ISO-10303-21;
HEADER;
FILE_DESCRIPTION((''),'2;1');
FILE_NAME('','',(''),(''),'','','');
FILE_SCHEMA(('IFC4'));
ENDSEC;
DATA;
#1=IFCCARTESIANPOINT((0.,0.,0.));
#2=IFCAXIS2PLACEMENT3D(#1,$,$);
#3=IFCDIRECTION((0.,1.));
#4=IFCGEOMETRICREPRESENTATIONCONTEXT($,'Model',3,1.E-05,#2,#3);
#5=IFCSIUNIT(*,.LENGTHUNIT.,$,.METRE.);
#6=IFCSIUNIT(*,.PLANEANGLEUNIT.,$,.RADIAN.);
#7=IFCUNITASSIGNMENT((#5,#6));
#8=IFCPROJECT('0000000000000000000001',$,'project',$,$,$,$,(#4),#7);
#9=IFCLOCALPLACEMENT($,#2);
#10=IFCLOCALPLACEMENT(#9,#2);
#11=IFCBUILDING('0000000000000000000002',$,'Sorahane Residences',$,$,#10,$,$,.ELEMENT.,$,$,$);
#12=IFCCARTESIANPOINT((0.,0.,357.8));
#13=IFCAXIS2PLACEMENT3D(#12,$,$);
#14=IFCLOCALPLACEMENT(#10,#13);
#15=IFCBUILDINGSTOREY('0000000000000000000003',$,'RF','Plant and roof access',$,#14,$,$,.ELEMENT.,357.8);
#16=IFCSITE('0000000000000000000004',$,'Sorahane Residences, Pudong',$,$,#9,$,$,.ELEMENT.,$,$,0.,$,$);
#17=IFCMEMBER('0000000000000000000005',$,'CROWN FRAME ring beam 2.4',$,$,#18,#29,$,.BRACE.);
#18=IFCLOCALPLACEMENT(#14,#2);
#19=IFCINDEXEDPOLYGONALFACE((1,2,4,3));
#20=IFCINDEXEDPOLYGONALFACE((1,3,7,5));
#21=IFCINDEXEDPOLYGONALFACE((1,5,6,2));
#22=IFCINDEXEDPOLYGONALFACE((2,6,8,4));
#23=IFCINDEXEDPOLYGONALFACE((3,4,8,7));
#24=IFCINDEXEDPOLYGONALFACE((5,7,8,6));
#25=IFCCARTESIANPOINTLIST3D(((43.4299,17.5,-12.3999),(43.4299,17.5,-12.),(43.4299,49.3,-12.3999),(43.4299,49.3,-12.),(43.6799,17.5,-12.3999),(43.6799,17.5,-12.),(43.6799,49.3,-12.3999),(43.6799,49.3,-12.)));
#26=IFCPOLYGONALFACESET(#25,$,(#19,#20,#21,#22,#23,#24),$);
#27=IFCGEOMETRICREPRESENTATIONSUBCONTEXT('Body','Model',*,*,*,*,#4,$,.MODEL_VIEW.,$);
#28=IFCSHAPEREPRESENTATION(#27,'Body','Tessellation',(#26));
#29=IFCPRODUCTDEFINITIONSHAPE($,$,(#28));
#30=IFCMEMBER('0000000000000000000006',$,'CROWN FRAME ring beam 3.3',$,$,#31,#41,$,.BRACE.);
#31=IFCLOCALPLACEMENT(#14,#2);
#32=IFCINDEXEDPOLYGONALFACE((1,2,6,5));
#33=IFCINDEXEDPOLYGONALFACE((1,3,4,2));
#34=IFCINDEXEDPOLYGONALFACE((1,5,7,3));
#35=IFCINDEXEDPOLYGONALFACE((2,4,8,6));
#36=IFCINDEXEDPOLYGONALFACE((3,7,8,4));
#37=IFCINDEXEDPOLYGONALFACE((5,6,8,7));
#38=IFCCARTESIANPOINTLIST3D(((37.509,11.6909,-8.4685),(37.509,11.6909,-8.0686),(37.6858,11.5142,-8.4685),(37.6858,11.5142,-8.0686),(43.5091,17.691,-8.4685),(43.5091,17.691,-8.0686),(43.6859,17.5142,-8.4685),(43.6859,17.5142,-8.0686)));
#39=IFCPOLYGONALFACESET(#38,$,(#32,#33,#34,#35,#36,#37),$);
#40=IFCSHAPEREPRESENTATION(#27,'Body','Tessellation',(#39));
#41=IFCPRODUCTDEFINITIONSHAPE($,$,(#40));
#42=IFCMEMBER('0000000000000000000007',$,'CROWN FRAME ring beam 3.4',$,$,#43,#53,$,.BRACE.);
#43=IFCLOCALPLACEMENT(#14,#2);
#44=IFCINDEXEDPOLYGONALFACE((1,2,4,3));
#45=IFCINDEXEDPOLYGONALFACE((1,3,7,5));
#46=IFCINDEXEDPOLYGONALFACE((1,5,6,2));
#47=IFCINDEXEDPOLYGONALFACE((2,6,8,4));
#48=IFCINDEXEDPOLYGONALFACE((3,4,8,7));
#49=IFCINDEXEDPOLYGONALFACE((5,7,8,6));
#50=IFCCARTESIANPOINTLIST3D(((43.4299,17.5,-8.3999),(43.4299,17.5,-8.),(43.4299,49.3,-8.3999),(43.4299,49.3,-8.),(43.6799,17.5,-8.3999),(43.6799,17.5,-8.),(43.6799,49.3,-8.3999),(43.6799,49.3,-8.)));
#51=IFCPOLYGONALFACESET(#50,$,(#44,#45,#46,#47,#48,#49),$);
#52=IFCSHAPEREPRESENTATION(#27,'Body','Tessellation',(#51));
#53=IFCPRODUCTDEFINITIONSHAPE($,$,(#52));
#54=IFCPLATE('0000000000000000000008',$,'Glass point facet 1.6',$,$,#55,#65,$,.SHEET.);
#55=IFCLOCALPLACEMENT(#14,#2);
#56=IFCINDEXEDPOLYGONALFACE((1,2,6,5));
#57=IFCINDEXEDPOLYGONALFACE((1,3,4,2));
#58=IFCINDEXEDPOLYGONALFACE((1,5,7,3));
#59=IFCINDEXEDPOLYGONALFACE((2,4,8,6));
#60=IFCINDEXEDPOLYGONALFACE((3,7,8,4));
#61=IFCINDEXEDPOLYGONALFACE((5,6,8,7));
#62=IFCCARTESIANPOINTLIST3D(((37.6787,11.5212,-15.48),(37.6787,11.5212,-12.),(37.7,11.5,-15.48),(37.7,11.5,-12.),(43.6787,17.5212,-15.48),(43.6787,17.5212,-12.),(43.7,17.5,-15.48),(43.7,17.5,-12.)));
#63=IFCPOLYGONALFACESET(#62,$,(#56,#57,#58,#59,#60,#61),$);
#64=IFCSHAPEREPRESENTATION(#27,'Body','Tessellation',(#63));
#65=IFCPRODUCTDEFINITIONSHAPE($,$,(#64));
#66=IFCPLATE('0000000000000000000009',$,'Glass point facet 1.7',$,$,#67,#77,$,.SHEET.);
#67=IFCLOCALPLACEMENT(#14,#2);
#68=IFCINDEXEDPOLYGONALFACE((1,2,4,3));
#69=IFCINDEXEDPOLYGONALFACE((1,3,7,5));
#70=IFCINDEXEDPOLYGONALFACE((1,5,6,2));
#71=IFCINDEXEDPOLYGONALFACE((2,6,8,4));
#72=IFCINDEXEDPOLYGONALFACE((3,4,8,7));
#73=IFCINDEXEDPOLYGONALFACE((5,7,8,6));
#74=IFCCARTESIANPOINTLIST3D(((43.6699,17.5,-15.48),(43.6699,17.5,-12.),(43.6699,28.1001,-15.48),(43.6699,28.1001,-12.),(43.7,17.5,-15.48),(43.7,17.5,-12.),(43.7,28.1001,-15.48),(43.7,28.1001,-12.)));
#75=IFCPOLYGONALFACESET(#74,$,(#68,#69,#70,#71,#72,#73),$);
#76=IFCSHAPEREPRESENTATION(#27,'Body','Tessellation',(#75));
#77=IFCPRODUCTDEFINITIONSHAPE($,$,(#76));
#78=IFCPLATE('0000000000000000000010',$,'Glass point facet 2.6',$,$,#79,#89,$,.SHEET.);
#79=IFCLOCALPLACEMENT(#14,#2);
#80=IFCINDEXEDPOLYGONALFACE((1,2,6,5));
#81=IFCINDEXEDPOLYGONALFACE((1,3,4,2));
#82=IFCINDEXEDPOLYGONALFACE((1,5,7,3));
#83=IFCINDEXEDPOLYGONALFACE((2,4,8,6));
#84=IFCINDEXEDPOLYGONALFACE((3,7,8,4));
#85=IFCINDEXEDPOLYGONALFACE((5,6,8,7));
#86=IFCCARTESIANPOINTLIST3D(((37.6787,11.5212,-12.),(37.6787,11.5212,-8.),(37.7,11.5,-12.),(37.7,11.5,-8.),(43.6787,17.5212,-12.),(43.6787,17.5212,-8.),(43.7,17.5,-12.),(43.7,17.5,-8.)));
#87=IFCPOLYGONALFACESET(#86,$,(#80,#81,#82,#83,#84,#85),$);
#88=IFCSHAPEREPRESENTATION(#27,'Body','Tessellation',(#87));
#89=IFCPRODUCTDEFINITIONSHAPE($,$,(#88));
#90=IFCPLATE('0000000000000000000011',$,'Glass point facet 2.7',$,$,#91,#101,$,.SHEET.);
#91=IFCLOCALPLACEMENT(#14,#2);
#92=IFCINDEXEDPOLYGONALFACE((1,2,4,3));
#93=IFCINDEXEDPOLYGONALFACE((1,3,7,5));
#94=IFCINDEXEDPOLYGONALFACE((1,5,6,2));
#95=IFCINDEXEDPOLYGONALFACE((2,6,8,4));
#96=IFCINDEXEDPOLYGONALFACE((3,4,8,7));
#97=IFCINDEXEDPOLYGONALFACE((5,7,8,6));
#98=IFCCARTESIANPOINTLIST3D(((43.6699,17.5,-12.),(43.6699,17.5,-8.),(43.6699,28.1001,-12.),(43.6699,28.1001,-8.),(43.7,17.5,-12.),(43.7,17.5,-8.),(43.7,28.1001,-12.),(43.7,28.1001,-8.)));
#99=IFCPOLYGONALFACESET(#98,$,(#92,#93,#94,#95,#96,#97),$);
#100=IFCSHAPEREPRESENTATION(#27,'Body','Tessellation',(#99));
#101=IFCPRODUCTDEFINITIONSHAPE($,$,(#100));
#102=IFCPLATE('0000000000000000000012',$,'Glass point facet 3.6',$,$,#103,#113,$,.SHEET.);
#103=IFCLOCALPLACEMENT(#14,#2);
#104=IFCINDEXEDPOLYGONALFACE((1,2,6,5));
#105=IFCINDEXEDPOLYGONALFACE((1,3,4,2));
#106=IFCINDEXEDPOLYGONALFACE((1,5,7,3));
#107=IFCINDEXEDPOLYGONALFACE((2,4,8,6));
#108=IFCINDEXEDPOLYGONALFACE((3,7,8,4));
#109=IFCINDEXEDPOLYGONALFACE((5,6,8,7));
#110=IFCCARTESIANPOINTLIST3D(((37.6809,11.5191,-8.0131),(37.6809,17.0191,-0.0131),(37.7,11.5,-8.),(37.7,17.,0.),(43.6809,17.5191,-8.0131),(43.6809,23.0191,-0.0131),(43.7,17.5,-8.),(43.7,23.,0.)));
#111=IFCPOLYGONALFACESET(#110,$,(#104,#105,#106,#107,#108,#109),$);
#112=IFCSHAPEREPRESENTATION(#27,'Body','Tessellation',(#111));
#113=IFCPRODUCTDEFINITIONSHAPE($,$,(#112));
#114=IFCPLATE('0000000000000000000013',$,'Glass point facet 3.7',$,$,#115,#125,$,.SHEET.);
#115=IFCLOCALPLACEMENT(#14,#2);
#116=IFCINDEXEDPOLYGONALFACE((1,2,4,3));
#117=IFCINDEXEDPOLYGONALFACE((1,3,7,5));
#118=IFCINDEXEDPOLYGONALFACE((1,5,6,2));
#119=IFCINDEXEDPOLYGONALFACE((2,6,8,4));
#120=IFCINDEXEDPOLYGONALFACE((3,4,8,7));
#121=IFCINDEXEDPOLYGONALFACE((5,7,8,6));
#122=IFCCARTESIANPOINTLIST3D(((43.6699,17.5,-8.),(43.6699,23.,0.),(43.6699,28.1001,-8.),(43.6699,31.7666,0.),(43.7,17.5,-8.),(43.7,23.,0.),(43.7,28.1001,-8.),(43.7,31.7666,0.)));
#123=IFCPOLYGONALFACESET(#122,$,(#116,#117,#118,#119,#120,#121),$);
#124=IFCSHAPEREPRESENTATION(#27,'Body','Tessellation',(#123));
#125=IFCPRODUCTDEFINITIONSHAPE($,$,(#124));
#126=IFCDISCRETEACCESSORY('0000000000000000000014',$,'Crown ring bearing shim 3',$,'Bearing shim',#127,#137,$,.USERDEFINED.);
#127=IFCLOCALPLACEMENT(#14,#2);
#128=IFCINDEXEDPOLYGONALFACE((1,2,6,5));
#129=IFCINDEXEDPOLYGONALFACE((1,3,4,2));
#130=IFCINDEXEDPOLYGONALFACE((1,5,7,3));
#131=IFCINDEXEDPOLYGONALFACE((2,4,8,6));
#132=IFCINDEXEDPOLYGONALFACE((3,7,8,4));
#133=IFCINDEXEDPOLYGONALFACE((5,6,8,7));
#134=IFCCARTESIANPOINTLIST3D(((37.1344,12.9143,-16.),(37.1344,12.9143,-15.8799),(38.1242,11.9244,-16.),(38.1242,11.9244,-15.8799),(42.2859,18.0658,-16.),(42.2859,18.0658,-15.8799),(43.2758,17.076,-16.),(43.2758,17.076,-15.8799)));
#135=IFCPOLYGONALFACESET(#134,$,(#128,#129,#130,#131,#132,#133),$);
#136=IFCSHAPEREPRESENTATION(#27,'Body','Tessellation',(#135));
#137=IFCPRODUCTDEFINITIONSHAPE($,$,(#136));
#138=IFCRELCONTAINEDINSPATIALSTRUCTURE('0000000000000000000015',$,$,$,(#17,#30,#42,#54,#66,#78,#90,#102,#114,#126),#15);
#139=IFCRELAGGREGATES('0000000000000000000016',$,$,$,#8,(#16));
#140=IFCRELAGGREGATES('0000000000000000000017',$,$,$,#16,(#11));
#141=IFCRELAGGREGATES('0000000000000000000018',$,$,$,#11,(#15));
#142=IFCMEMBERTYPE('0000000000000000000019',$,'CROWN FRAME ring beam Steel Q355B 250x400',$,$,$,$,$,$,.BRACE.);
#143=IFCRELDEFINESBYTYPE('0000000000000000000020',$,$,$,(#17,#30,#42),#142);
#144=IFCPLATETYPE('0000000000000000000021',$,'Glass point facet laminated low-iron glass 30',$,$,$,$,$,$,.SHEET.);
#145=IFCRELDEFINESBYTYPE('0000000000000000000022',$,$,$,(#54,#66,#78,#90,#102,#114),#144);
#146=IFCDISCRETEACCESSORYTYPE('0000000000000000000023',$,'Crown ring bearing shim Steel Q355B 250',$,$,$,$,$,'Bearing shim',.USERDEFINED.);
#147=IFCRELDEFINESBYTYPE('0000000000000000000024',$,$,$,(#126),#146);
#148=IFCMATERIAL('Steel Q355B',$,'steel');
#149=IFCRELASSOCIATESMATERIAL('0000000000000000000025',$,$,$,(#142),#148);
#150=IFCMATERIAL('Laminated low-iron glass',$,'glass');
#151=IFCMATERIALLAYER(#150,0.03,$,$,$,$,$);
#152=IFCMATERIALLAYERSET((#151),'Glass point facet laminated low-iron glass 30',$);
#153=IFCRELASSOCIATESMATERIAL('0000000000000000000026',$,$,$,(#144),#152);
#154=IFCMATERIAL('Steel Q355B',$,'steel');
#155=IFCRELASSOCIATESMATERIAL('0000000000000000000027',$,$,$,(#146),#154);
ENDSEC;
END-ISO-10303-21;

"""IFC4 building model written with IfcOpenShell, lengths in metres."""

from ifc_helpers import new_model, si_unit, direction, frame, origin, origin_2d, place, context, subcontext, project, spatial, polyline, rectangle, outline, extrude, material, layer, layer_set, material_profile, profile_set, type_object, element, save


model = new_model("IFC4")

# Units and contexts
model_context = context("Model", 3, precision=1e-05, world=origin(), true_north=direction((0.0, 1.0)))
body_context = subcontext(model_context, "Body", "Model", "MODEL_VIEW")
ifc_project = project(units=[si_unit("LENGTHUNIT", "METRE"), si_unit("PLANEANGLEUNIT", "RADIAN")], contexts=[model_context])

# Site, building, storey
site_placement = place(None, origin())
site = spatial("IfcSite", under=ifc_project, at=site_placement, Name="Sorahane Residences, Pudong", CompositionType="ELEMENT", RefElevation=0.0)
building_placement = place(site_placement, origin())
building = spatial("IfcBuilding", under=site, at=building_placement, Name="Sorahane Residences", CompositionType="ELEMENT")
storey_placement = place(building_placement, frame((0.0, 0.0, 357.8)))
storey = spatial("IfcBuildingStorey", under=building, at=storey_placement, Name="RF", Description="Plant and roof access", CompositionType="ELEMENT", Elevation=357.8)

# Members
ifc_material_1 = material(Name="Steel Q355B", Category="steel")
ifc_material_profile_1 = material_profile(ifc_material_1, rectangle(XDim=0.25, YDim=0.3999, at=origin_2d()), Name="CROWN FRAME ring beam Steel Q355B 250x400")
ifc_profile_set_1 = profile_set([ifc_material_profile_1], Name="Steel Q355B")
member_type_1 = type_object("IfcMemberType", Name="CROWN FRAME ring beam Steel Q355B 250x400", PredefinedType="BRACE", material=ifc_profile_set_1)
member_1_placement = place(storey_placement, frame((43.5549, 17.5, -12.2), z_axis=(0.0, 1.0, 0.0), x_axis=(-1.0, 0.0, 0.0)))
element("IfcMember", 1, at=member_1_placement, inside=storey, type_object=member_type_1, Name="CROWN FRAME ring beam 2.4", PredefinedType="BRACE", context=body_context, shape_type="SweptSolid", body=[
    extrude(rectangle(XDim=0.25, YDim=0.3999, at=origin_2d()), origin(), (0.0, 0.0, 1.0), 31.8),
])
member_2_placement = place(storey_placement, frame((37.5974, 11.6025, -8.2686), z_axis=(0.707107, 0.707107, 0.0), x_axis=(-0.707107, 0.707107, 0.0)))
element("IfcMember", 2, at=member_2_placement, inside=storey, type_object=member_type_1, Name="CROWN FRAME ring beam 3.3", PredefinedType="BRACE", context=body_context, shape_type="SweptSolid", body=[
    extrude(rectangle(XDim=0.25, YDim=0.3999, at=origin_2d()), origin(), (0.0, 0.0, 1.0), 8.4854),
])
member_3_placement = place(storey_placement, frame((43.5549, 17.5, -8.2), z_axis=(0.0, 1.0, 0.0), x_axis=(-1.0, 0.0, 0.0)))
element("IfcMember", 3, at=member_3_placement, inside=storey, type_object=member_type_1, Name="CROWN FRAME ring beam 3.4", PredefinedType="BRACE", context=body_context, shape_type="SweptSolid", body=[
    extrude(rectangle(XDim=0.25, YDim=0.3999, at=origin_2d()), origin(), (0.0, 0.0, 1.0), 31.8),
])

# Plates
ifc_material_2 = material(Name="Laminated low-iron glass", Category="glass")
ifc_layer = layer(ifc_material_2, 0.03)
ifc_layer_set = layer_set([ifc_layer], Name="Glass point facet laminated low-iron glass 30")
plate_type = type_object("IfcPlateType", Name="Glass point facet laminated low-iron glass 30", PredefinedType="SHEET", material=ifc_layer_set)
plate_1_placement = place(storey_placement, frame((37.7, 11.5, -15.48), z_axis=(0.707107, -0.707107, 0.0), x_axis=(0.707107, 0.707107, 0.0)))
element("IfcPlate", 4, at=plate_1_placement, inside=storey, type_object=plate_type, Name="Glass point facet 1.6", PredefinedType="SHEET", context=body_context, shape_type="SweptSolid", body=[
    extrude(outline(polyline([(0.0, 0.0), (8.4853, 0.0), (8.4853, 3.48), (0.0, 3.48), (0.0, 0.0)])), origin(), (0.0, 0.0, -1.0), 0.03),
])
plate_2_placement = place(storey_placement, frame((43.7, 17.5, -15.48), z_axis=(1.0, 0.0, 0.0), x_axis=(0.0, 1.0, 0.0)))
element("IfcPlate", 5, at=plate_2_placement, inside=storey, type_object=plate_type, Name="Glass point facet 1.7", PredefinedType="SHEET", context=body_context, shape_type="SweptSolid", body=[
    extrude(outline(polyline([(0.0, 0.0), (10.6001, 0.0), (10.6001, 3.48), (0.0, 3.48), (0.0, 0.0)])), origin(), (0.0, 0.0, -1.0), 0.03),
])
plate_3_placement = place(storey_placement, frame((37.7, 11.5, -12.0), z_axis=(0.707107, -0.707107, 0.0), x_axis=(0.707107, 0.707107, 0.0)))
element("IfcPlate", 6, at=plate_3_placement, inside=storey, type_object=plate_type, Name="Glass point facet 2.6", PredefinedType="SHEET", context=body_context, shape_type="SweptSolid", body=[
    extrude(outline(polyline([(0.0, 0.0), (8.4853, 0.0), (8.4853, 4.0), (0.0, 4.0), (0.0, 0.0)])), origin(), (0.0, 0.0, -1.0), 0.03),
])
plate_4_placement = place(storey_placement, frame((43.7, 17.5, -12.0), z_axis=(1.0, 0.0, 0.0), x_axis=(0.0, 1.0, 0.0)))
element("IfcPlate", 7, at=plate_4_placement, inside=storey, type_object=plate_type, Name="Glass point facet 2.7", PredefinedType="SHEET", context=body_context, shape_type="SweptSolid", body=[
    extrude(outline(polyline([(0.0, 0.0), (10.6001, 0.0), (10.6001, 4.0), (0.0, 4.0), (0.0, 0.0)])), origin(), (0.0, 0.0, -1.0), 0.03),
])
plate_5_placement = place(storey_placement, frame((37.7, 11.5, -8.0), z_axis=(0.635943, -0.635943, 0.437211), x_axis=(0.707107, 0.707107, 0.0)))
element("IfcPlate", 8, at=plate_5_placement, inside=storey, type_object=plate_type, Name="Glass point facet 3.6", PredefinedType="SHEET", context=body_context, shape_type="SweptSolid", body=[
    extrude(outline(polyline([(0.0, 0.0), (8.4853, 0.0), (12.3744, 8.8952), (3.8891, 8.8952), (0.0, 0.0)])), origin(), (0.0, 0.0, -1.0), 0.03),
])
plate_6_placement = place(storey_placement, frame((43.7, 17.5, -8.0), z_axis=(1.0, 0.0, 0.0), x_axis=(0.0, 1.0, 0.0)))
element("IfcPlate", 9, at=plate_6_placement, inside=storey, type_object=plate_type, Name="Glass point facet 3.7", PredefinedType="SHEET", context=body_context, shape_type="SweptSolid", body=[
    extrude(outline(polyline([(0.0, 0.0), (10.6001, 0.0), (14.2666, 8.0), (5.5, 8.0), (0.0, 0.0)])), origin(), (0.0, 0.0, -1.0), 0.03),
])

# Discrete accessory
ifc_material_3 = material(Name="Steel Q355B", Category="steel")
discrete_accessory_type = type_object("IfcDiscreteAccessoryType", Name="Crown ring bearing shim Steel Q355B 250", ElementType="Bearing shim", PredefinedType="USERDEFINED", material=ifc_material_3)
discrete_accessory_placement = place(storey_placement, frame((40.2051, 14.9951, -16.0), z_axis=(0.0, 0.0, 1.0), x_axis=(0.707107, 0.707107, 0.0)))
element("IfcDiscreteAccessory", 10, at=discrete_accessory_placement, inside=storey, type_object=discrete_accessory_type, Name="Crown ring bearing shim 3", ObjectType="Bearing shim", PredefinedType="USERDEFINED", context=body_context, shape_type="SweptSolid", body=[
    extrude(rectangle(XDim=7.2854, YDim=1.3999, at=origin_2d()), origin(), (0.0, 0.0, 1.0), 0.1201),
])

save(model, "model.ifc")
